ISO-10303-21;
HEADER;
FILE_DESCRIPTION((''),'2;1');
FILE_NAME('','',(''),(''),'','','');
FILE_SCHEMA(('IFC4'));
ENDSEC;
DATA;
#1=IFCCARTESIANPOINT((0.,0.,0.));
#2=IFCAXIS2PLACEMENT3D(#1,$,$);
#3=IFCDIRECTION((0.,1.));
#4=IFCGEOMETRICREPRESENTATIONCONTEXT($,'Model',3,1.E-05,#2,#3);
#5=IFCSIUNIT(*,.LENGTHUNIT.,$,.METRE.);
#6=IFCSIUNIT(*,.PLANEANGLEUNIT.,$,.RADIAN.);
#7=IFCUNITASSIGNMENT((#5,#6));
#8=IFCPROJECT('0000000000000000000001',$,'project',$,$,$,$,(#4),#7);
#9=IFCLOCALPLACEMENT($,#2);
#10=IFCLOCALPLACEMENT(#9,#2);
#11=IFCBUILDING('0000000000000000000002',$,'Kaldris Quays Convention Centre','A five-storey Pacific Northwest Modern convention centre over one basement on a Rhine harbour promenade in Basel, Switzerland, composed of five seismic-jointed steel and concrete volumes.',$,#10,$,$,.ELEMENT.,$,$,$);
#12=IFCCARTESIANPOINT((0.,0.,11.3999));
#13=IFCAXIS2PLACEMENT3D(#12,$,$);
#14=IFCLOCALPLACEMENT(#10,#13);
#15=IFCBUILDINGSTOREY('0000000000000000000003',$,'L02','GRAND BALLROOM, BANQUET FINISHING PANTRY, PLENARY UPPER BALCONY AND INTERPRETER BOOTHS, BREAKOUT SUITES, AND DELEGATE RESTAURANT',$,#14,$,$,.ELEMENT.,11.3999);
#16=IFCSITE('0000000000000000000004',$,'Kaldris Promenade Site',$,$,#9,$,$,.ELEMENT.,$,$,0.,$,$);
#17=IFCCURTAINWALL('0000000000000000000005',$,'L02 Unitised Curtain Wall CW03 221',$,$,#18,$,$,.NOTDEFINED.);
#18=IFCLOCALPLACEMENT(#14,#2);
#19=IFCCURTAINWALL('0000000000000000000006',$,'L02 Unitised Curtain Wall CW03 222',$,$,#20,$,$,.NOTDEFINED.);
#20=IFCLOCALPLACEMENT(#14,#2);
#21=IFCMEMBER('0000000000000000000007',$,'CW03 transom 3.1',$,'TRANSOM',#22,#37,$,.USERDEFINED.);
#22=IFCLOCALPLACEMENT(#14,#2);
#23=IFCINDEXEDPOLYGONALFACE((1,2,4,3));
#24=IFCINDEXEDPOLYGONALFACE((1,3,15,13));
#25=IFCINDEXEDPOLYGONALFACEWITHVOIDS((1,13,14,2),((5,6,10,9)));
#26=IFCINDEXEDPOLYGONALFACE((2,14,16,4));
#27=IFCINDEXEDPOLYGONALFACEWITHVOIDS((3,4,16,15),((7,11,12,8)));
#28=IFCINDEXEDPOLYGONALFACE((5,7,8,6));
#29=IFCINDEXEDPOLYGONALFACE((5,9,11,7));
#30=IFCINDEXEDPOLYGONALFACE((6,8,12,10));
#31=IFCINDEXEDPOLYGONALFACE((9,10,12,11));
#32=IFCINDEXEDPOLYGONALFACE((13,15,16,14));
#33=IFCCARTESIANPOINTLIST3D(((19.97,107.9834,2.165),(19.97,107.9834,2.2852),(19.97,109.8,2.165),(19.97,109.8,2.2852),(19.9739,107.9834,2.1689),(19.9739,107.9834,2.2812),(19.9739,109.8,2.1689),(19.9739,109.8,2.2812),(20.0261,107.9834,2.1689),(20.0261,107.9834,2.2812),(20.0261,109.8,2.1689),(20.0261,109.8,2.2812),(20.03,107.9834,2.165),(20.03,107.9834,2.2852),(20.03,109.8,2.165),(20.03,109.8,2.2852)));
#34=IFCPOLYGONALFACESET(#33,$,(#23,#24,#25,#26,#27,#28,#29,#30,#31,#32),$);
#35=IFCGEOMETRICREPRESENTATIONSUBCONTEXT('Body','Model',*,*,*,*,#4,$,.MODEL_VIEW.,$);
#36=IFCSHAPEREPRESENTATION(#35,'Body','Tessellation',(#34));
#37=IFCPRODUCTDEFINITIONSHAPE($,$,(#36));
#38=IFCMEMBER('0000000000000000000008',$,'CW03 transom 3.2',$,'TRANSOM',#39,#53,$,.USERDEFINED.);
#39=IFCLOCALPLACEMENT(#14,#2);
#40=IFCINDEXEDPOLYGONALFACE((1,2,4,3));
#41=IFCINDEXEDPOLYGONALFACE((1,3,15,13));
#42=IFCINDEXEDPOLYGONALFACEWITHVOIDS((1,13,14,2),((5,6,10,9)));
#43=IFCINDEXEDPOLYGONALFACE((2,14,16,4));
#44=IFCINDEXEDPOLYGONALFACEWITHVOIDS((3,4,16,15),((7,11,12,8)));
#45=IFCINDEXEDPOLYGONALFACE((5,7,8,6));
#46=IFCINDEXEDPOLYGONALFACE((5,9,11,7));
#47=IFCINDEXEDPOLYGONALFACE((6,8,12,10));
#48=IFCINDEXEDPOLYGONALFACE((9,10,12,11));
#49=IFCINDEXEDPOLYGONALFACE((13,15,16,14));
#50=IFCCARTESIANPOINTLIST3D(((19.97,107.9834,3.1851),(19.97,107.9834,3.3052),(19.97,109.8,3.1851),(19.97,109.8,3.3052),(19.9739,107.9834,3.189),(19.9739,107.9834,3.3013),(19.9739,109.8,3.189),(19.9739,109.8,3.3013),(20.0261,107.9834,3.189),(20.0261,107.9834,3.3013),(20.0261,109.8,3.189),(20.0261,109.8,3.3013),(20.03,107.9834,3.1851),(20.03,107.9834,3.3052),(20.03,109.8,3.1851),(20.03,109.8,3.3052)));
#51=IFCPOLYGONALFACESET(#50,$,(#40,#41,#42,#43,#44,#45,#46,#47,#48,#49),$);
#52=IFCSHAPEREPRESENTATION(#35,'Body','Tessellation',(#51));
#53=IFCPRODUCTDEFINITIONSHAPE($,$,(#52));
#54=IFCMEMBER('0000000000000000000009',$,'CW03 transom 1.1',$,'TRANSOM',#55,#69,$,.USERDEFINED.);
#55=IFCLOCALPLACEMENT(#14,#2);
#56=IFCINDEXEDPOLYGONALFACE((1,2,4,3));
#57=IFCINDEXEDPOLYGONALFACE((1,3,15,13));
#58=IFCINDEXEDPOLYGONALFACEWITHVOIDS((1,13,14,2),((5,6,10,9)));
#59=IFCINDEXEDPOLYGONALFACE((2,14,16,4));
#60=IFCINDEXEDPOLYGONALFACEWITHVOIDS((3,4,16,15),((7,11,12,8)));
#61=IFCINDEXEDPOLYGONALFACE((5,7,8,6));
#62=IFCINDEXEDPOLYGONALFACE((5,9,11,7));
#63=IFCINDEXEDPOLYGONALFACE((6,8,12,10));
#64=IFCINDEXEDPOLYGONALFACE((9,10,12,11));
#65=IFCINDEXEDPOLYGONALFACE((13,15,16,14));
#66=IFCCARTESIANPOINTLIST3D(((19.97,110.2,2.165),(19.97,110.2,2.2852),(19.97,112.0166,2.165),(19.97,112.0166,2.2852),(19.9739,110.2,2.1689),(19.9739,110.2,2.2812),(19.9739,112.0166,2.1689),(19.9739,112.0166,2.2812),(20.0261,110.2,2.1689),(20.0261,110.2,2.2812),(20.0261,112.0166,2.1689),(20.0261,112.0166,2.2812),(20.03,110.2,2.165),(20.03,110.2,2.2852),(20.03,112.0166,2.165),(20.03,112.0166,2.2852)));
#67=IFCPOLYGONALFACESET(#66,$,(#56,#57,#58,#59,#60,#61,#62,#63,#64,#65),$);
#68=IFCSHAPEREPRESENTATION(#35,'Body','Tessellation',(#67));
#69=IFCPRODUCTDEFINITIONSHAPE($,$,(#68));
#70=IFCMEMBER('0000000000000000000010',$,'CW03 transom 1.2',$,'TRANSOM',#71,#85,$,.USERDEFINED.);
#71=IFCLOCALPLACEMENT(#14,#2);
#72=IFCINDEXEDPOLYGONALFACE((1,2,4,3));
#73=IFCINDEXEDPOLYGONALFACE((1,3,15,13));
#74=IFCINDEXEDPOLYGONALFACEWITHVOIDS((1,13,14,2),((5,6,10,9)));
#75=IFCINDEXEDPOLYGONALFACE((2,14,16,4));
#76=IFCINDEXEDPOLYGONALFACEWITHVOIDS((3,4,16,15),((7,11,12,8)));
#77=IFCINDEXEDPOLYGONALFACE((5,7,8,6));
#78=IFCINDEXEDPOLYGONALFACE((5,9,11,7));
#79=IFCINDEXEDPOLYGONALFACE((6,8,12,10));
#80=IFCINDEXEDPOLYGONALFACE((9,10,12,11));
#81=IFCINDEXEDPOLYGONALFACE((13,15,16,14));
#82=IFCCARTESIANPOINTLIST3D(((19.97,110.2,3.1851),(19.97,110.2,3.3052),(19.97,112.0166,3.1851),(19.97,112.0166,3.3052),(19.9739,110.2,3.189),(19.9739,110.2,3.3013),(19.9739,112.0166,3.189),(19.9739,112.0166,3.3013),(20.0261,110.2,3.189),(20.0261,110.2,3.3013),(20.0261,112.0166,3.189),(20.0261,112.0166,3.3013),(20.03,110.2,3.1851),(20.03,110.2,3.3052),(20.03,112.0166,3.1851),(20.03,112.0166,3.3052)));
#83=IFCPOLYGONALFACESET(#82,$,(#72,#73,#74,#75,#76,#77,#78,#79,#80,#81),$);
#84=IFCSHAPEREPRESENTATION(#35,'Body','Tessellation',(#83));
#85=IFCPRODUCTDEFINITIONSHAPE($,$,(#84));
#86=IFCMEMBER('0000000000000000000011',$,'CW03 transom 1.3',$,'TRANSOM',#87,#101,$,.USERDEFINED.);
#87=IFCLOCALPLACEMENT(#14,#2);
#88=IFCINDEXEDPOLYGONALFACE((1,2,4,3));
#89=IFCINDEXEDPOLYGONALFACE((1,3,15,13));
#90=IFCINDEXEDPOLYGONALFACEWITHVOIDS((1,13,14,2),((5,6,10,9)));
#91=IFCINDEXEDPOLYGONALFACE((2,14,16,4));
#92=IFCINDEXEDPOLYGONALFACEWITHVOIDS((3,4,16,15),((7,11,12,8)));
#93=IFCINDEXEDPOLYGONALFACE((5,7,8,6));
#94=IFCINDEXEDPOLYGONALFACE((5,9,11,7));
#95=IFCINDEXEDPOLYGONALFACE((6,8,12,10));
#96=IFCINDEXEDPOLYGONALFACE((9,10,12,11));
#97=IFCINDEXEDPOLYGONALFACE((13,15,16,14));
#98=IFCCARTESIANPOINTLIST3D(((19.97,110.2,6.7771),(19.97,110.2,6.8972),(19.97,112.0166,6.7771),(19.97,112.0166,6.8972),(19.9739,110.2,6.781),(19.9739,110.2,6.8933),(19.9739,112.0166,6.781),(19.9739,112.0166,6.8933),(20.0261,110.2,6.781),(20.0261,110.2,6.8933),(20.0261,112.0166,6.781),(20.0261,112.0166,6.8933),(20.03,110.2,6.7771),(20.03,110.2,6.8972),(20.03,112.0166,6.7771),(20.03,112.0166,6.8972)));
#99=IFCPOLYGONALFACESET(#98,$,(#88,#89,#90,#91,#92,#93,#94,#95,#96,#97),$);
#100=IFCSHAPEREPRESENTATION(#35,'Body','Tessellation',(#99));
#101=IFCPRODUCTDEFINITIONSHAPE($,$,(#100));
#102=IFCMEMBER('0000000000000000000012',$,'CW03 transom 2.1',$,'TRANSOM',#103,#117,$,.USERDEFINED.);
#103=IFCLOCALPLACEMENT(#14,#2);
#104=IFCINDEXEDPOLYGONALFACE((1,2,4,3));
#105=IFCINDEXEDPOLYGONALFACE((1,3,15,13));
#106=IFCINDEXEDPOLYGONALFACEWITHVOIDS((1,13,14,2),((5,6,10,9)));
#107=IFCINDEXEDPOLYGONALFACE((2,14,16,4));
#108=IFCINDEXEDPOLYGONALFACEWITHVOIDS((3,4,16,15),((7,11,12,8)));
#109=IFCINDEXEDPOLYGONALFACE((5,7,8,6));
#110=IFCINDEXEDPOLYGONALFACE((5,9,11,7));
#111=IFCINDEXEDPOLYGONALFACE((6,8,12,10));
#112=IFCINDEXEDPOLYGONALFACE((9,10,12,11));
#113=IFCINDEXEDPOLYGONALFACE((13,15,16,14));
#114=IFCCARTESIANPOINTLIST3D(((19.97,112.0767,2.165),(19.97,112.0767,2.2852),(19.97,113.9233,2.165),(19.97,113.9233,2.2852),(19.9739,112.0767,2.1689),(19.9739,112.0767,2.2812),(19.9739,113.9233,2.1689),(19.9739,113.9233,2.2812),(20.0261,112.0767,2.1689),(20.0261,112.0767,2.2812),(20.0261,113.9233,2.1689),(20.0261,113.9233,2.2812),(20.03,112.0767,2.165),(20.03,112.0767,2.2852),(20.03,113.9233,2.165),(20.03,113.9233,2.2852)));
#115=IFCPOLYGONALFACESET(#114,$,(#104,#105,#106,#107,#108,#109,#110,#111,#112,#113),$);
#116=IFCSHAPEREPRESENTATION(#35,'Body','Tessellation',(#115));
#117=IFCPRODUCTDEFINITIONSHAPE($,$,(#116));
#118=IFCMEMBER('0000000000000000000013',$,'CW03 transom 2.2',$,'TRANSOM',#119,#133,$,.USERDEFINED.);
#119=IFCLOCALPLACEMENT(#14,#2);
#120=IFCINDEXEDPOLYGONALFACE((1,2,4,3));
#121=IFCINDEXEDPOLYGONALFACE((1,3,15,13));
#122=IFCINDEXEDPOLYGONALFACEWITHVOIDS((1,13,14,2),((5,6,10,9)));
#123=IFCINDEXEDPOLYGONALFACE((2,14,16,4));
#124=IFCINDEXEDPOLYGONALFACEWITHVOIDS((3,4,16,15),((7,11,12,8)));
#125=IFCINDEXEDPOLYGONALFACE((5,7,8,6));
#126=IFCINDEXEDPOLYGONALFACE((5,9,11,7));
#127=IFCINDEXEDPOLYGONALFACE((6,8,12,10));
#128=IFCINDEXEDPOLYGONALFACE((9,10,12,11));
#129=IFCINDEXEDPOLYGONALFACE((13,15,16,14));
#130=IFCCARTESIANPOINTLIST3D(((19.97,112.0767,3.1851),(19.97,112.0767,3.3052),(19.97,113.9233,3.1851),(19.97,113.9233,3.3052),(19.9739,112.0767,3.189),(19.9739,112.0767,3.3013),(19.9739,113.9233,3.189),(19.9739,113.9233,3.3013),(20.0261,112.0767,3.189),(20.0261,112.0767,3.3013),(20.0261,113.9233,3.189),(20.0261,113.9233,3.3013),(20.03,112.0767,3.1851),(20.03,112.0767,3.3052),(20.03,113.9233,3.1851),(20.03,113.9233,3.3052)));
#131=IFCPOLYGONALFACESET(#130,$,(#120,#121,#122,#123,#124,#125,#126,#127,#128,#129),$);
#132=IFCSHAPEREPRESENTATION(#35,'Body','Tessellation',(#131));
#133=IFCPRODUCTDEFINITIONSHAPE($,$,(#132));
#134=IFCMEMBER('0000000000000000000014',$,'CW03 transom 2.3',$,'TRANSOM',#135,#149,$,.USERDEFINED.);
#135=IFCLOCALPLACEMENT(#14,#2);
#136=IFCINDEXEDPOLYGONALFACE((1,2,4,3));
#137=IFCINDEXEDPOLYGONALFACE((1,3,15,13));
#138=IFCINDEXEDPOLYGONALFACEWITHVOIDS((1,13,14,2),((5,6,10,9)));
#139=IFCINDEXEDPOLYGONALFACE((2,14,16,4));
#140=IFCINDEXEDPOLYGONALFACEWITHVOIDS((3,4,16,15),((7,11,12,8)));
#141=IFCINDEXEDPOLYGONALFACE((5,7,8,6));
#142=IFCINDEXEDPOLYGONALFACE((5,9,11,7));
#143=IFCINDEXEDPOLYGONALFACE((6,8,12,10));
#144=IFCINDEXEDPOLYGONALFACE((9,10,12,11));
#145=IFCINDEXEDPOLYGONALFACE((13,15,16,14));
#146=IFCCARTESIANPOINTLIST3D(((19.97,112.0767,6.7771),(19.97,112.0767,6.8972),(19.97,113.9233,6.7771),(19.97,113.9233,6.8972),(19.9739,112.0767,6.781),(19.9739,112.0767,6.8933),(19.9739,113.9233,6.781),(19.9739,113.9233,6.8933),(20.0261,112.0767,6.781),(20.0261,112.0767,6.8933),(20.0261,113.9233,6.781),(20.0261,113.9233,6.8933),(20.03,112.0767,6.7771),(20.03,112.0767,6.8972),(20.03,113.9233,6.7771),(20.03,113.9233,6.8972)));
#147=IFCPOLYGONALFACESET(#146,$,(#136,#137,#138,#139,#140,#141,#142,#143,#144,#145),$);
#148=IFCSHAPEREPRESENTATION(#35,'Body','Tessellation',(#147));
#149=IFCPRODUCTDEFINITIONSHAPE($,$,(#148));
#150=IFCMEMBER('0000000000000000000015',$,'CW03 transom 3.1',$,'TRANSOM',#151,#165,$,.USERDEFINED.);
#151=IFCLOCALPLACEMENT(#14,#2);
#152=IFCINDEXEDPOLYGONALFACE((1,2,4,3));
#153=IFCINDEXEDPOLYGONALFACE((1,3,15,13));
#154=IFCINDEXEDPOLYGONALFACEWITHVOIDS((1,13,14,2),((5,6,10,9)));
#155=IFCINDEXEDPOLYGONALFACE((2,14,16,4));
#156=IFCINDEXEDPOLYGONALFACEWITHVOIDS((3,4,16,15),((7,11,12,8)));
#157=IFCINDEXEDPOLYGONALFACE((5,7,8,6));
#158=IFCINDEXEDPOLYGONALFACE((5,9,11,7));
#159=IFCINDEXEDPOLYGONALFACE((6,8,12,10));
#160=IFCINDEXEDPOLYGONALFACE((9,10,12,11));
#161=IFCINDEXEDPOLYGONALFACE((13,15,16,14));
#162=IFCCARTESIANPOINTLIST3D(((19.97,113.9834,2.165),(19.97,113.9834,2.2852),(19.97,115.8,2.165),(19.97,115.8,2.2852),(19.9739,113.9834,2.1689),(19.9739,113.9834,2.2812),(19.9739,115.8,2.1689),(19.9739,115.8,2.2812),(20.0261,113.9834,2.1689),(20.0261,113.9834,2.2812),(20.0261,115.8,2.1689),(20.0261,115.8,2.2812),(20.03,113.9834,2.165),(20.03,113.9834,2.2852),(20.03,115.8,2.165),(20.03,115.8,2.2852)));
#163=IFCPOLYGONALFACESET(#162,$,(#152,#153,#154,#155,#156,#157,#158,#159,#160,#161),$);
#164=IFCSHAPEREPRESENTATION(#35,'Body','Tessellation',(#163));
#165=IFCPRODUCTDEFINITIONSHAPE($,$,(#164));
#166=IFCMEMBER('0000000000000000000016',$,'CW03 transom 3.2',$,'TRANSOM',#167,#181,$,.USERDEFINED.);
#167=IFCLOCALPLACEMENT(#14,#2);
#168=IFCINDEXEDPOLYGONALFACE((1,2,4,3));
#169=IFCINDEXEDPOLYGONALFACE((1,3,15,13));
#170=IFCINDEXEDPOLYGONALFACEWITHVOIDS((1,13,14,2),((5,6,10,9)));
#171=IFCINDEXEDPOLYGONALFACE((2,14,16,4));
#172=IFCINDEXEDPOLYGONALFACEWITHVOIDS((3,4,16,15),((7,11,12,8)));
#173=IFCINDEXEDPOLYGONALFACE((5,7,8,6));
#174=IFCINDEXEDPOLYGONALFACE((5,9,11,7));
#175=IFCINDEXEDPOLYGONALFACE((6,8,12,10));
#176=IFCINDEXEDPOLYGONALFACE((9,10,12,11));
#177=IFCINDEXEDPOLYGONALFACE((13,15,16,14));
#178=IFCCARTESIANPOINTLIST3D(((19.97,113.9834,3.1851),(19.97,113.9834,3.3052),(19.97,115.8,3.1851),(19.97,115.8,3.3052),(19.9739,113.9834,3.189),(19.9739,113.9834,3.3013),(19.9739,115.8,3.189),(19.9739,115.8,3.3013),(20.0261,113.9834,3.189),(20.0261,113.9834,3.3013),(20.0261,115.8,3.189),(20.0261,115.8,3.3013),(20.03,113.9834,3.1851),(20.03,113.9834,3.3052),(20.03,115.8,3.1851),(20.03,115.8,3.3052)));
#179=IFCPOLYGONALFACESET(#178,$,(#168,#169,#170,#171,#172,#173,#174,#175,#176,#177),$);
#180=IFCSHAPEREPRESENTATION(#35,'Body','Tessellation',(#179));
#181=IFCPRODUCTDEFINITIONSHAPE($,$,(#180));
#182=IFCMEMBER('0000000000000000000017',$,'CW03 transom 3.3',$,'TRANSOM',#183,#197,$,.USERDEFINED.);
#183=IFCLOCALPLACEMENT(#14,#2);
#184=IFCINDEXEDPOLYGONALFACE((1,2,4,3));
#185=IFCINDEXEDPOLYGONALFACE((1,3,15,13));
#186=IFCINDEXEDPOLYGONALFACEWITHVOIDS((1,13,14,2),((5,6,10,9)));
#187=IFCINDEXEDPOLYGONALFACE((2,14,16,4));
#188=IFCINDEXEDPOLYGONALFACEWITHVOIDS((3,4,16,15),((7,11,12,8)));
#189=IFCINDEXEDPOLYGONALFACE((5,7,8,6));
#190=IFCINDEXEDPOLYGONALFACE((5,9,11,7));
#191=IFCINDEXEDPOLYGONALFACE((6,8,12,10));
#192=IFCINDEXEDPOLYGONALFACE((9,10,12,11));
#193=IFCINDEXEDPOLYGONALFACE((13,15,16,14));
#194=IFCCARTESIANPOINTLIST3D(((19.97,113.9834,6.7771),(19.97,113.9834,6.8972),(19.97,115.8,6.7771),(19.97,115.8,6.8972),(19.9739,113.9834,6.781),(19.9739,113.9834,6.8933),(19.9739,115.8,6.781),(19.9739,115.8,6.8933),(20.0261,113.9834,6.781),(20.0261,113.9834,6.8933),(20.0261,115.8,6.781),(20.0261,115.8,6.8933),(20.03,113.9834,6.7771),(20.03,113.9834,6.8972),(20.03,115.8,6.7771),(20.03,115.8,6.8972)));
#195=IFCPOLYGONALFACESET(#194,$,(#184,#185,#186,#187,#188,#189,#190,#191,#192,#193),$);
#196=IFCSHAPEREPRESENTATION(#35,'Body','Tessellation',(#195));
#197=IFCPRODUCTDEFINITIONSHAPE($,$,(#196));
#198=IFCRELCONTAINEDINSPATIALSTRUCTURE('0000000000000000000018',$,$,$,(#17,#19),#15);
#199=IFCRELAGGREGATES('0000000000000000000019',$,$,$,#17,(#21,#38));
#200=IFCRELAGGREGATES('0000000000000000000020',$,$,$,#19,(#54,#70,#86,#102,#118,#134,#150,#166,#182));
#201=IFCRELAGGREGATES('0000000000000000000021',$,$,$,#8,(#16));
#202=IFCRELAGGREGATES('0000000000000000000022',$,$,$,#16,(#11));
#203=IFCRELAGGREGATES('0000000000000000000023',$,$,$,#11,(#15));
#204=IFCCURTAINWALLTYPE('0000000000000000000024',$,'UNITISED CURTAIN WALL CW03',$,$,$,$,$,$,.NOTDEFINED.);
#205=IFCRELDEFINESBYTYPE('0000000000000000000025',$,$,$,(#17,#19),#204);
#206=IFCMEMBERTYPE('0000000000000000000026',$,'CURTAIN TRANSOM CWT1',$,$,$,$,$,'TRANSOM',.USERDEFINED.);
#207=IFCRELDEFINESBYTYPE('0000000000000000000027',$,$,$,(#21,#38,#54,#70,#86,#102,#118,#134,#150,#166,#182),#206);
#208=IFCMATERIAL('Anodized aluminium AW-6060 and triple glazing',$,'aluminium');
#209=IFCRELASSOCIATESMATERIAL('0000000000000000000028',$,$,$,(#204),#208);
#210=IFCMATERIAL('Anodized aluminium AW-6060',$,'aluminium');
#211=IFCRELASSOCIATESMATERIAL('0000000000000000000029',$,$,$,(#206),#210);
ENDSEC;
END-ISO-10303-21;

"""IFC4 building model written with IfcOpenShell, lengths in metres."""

from ifc_helpers import new_model, si_unit, direction, frame, origin, origin_2d, place, context, subcontext, project, spatial, hollow_rectangle, extrude, material, material_profile, profile_set, type_object, element, aggregate, save


model = new_model("IFC4")

# Units and contexts
model_context = context("Model", 3, precision=1e-05, world=origin(), true_north=direction((0.0, 1.0)))
body_context = subcontext(model_context, "Body", "Model", "MODEL_VIEW")
ifc_project = project(units=[si_unit("LENGTHUNIT", "METRE"), si_unit("PLANEANGLEUNIT", "RADIAN")], contexts=[model_context])

# Site, building, storey
site_placement = place(None, origin())
site = spatial("IfcSite", under=ifc_project, at=site_placement, Name="Kaldris Promenade Site", CompositionType="ELEMENT", RefElevation=0.0)
building_placement = place(site_placement, origin())
building = spatial("IfcBuilding", under=site, at=building_placement, Name="Kaldris Quays Convention Centre", Description="A five-storey Pacific Northwest Modern convention centre over one basement on a Rhine harbour promenade in Basel, Switzerland, composed of five seismic-jointed steel and concrete volumes.", CompositionType="ELEMENT")
storey_placement = place(building_placement, frame((0.0, 0.0, 11.3999)))
storey = spatial("IfcBuildingStorey", under=building, at=storey_placement, Name="L02", Description="GRAND BALLROOM, BANQUET FINISHING PANTRY, PLENARY UPPER BALCONY AND INTERPRETER BOOTHS, BREAKOUT SUITES, AND DELEGATE RESTAURANT", CompositionType="ELEMENT", Elevation=11.3999)

# Curtain walls
ifc_material_1 = material(Name="Anodized aluminium AW-6060 and triple glazing", Category="aluminium")
curtain_wall_type = type_object("IfcCurtainWallType", Name="UNITISED CURTAIN WALL CW03", PredefinedType="NOTDEFINED", material=ifc_material_1)
curtain_wall_1_placement = place(storey_placement, origin())
curtain_wall_1 = element("IfcCurtainWall", 1, at=curtain_wall_1_placement, inside=storey, type_object=curtain_wall_type, Name="L02 Unitised Curtain Wall CW03 221", PredefinedType="NOTDEFINED")
ifc_material_2 = material(Name="Anodized aluminium AW-6060", Category="aluminium")
curtain_wall_2_placement = place(storey_placement, origin())
curtain_wall_2 = element("IfcCurtainWall", 2, at=curtain_wall_2_placement, inside=storey, type_object=curtain_wall_type, Name="L02 Unitised Curtain Wall CW03 222", PredefinedType="NOTDEFINED")

# Members
ifc_material_profile_1 = material_profile(ifc_material_2, hollow_rectangle(XDim=0.0601, YDim=0.1201, WallThickness=0.0039, at=origin_2d()), Name="RHS 120x60x4")
ifc_profile_set_1 = profile_set([ifc_material_profile_1], Name="Anodized aluminium AW-6060")
member_type_1 = type_object("IfcMemberType", Name="CURTAIN TRANSOM CWT1", ElementType="TRANSOM", PredefinedType="USERDEFINED", material=ifc_profile_set_1)
member_1_placement = place(storey_placement, frame((20.0, 107.9834, 2.2251), z_axis=(0.0, 1.0, 0.0), x_axis=(-1.0, 0.0, 0.0)))
member_1 = element("IfcMember", 3, at=member_1_placement, type_object=member_type_1, Name="CW03 transom 3.1", ObjectType="TRANSOM", PredefinedType="USERDEFINED", context=body_context, shape_type="SweptSolid", body=[
    extrude(hollow_rectangle(XDim=0.0601, YDim=0.1201, WallThickness=0.0039, at=origin_2d()), origin(), (0.0, 0.0, 1.0), 1.8167),
])
member_2_placement = place(storey_placement, frame((20.0, 107.9834, 3.2451), z_axis=(0.0, 1.0, 0.0), x_axis=(-1.0, 0.0, 0.0)))
member_2 = element("IfcMember", 4, at=member_2_placement, type_object=member_type_1, Name="CW03 transom 3.2", ObjectType="TRANSOM", PredefinedType="USERDEFINED", context=body_context, shape_type="SweptSolid", body=[
    extrude(hollow_rectangle(XDim=0.0601, YDim=0.1201, WallThickness=0.0039, at=origin_2d()), origin(), (0.0, 0.0, 1.0), 1.8167),
])
member_3_placement = place(storey_placement, frame((20.0, 110.2, 2.2251), z_axis=(0.0, 1.0, 0.0), x_axis=(-1.0, 0.0, 0.0)))
member_3 = element("IfcMember", 5, at=member_3_placement, type_object=member_type_1, Name="CW03 transom 1.1", ObjectType="TRANSOM", PredefinedType="USERDEFINED", context=body_context, shape_type="SweptSolid", body=[
    extrude(hollow_rectangle(XDim=0.0601, YDim=0.1201, WallThickness=0.0039, at=origin_2d()), origin(), (0.0, 0.0, 1.0), 1.8167),
])
member_4_placement = place(storey_placement, frame((20.0, 110.2, 3.2451), z_axis=(0.0, 1.0, 0.0), x_axis=(-1.0, 0.0, 0.0)))
member_4 = element("IfcMember", 6, at=member_4_placement, type_object=member_type_1, Name="CW03 transom 1.2", ObjectType="TRANSOM", PredefinedType="USERDEFINED", context=body_context, shape_type="SweptSolid", body=[
    extrude(hollow_rectangle(XDim=0.0601, YDim=0.1201, WallThickness=0.0039, at=origin_2d()), origin(), (0.0, 0.0, 1.0), 1.8167),
])
member_5_placement = place(storey_placement, frame((20.0, 110.2, 6.8372), z_axis=(0.0, 1.0, 0.0), x_axis=(-1.0, 0.0, 0.0)))
member_5 = element("IfcMember", 7, at=member_5_placement, type_object=member_type_1, Name="CW03 transom 1.3", ObjectType="TRANSOM", PredefinedType="USERDEFINED", context=body_context, shape_type="SweptSolid", body=[
    extrude(hollow_rectangle(XDim=0.0601, YDim=0.1201, WallThickness=0.0039, at=origin_2d()), origin(), (0.0, 0.0, 1.0), 1.8167),
])
member_6_placement = place(storey_placement, frame((20.0, 112.0767, 2.2251), z_axis=(0.0, 1.0, 0.0), x_axis=(-1.0, 0.0, 0.0)))
member_6 = element("IfcMember", 8, at=member_6_placement, type_object=member_type_1, Name="CW03 transom 2.1", ObjectType="TRANSOM", PredefinedType="USERDEFINED", context=body_context, shape_type="SweptSolid", body=[
    extrude(hollow_rectangle(XDim=0.0601, YDim=0.1201, WallThickness=0.0039, at=origin_2d()), origin(), (0.0, 0.0, 1.0), 1.8467),
])
member_7_placement = place(storey_placement, frame((20.0, 112.0767, 3.2451), z_axis=(0.0, 1.0, 0.0), x_axis=(-1.0, 0.0, 0.0)))
member_7 = element("IfcMember", 9, at=member_7_placement, type_object=member_type_1, Name="CW03 transom 2.2", ObjectType="TRANSOM", PredefinedType="USERDEFINED", context=body_context, shape_type="SweptSolid", body=[
    extrude(hollow_rectangle(XDim=0.0601, YDim=0.1201, WallThickness=0.0039, at=origin_2d()), origin(), (0.0, 0.0, 1.0), 1.8467),
])
member_8_placement = place(storey_placement, frame((20.0, 112.0767, 6.8372), z_axis=(0.0, 1.0, 0.0), x_axis=(-1.0, 0.0, 0.0)))
member_8 = element("IfcMember", 10, at=member_8_placement, type_object=member_type_1, Name="CW03 transom 2.3", ObjectType="TRANSOM", PredefinedType="USERDEFINED", context=body_context, shape_type="SweptSolid", body=[
    extrude(hollow_rectangle(XDim=0.0601, YDim=0.1201, WallThickness=0.0039, at=origin_2d()), origin(), (0.0, 0.0, 1.0), 1.8467),
])
member_9_placement = place(storey_placement, frame((20.0, 113.9834, 2.2251), z_axis=(0.0, 1.0, 0.0), x_axis=(-1.0, 0.0, 0.0)))
member_9 = element("IfcMember", 11, at=member_9_placement, type_object=member_type_1, Name="CW03 transom 3.1", ObjectType="TRANSOM", PredefinedType="USERDEFINED", context=body_context, shape_type="SweptSolid", body=[
    extrude(hollow_rectangle(XDim=0.0601, YDim=0.1201, WallThickness=0.0039, at=origin_2d()), origin(), (0.0, 0.0, 1.0), 1.8167),
])
member_10_placement = place(storey_placement, frame((20.0, 113.9834, 3.2451), z_axis=(0.0, 1.0, 0.0), x_axis=(-1.0, 0.0, 0.0)))
member_10 = element("IfcMember", 12, at=member_10_placement, type_object=member_type_1, Name="CW03 transom 3.2", ObjectType="TRANSOM", PredefinedType="USERDEFINED", context=body_context, shape_type="SweptSolid", body=[
    extrude(hollow_rectangle(XDim=0.0601, YDim=0.1201, WallThickness=0.0039, at=origin_2d()), origin(), (0.0, 0.0, 1.0), 1.8167),
])
member_11_placement = place(storey_placement, frame((20.0, 113.9834, 6.8372), z_axis=(0.0, 1.0, 0.0), x_axis=(-1.0, 0.0, 0.0)))
member_11 = element("IfcMember", 13, at=member_11_placement, type_object=member_type_1, Name="CW03 transom 3.3", ObjectType="TRANSOM", PredefinedType="USERDEFINED", context=body_context, shape_type="SweptSolid", body=[
    extrude(hollow_rectangle(XDim=0.0601, YDim=0.1201, WallThickness=0.0039, at=origin_2d()), origin(), (0.0, 0.0, 1.0), 1.8167),
])

aggregate(curtain_wall_1, [member_1, member_2])
aggregate(curtain_wall_2, [member_3, member_4, member_5, member_6, member_7, member_8, member_9, member_10, member_11])

save(model, "model.ifc")
